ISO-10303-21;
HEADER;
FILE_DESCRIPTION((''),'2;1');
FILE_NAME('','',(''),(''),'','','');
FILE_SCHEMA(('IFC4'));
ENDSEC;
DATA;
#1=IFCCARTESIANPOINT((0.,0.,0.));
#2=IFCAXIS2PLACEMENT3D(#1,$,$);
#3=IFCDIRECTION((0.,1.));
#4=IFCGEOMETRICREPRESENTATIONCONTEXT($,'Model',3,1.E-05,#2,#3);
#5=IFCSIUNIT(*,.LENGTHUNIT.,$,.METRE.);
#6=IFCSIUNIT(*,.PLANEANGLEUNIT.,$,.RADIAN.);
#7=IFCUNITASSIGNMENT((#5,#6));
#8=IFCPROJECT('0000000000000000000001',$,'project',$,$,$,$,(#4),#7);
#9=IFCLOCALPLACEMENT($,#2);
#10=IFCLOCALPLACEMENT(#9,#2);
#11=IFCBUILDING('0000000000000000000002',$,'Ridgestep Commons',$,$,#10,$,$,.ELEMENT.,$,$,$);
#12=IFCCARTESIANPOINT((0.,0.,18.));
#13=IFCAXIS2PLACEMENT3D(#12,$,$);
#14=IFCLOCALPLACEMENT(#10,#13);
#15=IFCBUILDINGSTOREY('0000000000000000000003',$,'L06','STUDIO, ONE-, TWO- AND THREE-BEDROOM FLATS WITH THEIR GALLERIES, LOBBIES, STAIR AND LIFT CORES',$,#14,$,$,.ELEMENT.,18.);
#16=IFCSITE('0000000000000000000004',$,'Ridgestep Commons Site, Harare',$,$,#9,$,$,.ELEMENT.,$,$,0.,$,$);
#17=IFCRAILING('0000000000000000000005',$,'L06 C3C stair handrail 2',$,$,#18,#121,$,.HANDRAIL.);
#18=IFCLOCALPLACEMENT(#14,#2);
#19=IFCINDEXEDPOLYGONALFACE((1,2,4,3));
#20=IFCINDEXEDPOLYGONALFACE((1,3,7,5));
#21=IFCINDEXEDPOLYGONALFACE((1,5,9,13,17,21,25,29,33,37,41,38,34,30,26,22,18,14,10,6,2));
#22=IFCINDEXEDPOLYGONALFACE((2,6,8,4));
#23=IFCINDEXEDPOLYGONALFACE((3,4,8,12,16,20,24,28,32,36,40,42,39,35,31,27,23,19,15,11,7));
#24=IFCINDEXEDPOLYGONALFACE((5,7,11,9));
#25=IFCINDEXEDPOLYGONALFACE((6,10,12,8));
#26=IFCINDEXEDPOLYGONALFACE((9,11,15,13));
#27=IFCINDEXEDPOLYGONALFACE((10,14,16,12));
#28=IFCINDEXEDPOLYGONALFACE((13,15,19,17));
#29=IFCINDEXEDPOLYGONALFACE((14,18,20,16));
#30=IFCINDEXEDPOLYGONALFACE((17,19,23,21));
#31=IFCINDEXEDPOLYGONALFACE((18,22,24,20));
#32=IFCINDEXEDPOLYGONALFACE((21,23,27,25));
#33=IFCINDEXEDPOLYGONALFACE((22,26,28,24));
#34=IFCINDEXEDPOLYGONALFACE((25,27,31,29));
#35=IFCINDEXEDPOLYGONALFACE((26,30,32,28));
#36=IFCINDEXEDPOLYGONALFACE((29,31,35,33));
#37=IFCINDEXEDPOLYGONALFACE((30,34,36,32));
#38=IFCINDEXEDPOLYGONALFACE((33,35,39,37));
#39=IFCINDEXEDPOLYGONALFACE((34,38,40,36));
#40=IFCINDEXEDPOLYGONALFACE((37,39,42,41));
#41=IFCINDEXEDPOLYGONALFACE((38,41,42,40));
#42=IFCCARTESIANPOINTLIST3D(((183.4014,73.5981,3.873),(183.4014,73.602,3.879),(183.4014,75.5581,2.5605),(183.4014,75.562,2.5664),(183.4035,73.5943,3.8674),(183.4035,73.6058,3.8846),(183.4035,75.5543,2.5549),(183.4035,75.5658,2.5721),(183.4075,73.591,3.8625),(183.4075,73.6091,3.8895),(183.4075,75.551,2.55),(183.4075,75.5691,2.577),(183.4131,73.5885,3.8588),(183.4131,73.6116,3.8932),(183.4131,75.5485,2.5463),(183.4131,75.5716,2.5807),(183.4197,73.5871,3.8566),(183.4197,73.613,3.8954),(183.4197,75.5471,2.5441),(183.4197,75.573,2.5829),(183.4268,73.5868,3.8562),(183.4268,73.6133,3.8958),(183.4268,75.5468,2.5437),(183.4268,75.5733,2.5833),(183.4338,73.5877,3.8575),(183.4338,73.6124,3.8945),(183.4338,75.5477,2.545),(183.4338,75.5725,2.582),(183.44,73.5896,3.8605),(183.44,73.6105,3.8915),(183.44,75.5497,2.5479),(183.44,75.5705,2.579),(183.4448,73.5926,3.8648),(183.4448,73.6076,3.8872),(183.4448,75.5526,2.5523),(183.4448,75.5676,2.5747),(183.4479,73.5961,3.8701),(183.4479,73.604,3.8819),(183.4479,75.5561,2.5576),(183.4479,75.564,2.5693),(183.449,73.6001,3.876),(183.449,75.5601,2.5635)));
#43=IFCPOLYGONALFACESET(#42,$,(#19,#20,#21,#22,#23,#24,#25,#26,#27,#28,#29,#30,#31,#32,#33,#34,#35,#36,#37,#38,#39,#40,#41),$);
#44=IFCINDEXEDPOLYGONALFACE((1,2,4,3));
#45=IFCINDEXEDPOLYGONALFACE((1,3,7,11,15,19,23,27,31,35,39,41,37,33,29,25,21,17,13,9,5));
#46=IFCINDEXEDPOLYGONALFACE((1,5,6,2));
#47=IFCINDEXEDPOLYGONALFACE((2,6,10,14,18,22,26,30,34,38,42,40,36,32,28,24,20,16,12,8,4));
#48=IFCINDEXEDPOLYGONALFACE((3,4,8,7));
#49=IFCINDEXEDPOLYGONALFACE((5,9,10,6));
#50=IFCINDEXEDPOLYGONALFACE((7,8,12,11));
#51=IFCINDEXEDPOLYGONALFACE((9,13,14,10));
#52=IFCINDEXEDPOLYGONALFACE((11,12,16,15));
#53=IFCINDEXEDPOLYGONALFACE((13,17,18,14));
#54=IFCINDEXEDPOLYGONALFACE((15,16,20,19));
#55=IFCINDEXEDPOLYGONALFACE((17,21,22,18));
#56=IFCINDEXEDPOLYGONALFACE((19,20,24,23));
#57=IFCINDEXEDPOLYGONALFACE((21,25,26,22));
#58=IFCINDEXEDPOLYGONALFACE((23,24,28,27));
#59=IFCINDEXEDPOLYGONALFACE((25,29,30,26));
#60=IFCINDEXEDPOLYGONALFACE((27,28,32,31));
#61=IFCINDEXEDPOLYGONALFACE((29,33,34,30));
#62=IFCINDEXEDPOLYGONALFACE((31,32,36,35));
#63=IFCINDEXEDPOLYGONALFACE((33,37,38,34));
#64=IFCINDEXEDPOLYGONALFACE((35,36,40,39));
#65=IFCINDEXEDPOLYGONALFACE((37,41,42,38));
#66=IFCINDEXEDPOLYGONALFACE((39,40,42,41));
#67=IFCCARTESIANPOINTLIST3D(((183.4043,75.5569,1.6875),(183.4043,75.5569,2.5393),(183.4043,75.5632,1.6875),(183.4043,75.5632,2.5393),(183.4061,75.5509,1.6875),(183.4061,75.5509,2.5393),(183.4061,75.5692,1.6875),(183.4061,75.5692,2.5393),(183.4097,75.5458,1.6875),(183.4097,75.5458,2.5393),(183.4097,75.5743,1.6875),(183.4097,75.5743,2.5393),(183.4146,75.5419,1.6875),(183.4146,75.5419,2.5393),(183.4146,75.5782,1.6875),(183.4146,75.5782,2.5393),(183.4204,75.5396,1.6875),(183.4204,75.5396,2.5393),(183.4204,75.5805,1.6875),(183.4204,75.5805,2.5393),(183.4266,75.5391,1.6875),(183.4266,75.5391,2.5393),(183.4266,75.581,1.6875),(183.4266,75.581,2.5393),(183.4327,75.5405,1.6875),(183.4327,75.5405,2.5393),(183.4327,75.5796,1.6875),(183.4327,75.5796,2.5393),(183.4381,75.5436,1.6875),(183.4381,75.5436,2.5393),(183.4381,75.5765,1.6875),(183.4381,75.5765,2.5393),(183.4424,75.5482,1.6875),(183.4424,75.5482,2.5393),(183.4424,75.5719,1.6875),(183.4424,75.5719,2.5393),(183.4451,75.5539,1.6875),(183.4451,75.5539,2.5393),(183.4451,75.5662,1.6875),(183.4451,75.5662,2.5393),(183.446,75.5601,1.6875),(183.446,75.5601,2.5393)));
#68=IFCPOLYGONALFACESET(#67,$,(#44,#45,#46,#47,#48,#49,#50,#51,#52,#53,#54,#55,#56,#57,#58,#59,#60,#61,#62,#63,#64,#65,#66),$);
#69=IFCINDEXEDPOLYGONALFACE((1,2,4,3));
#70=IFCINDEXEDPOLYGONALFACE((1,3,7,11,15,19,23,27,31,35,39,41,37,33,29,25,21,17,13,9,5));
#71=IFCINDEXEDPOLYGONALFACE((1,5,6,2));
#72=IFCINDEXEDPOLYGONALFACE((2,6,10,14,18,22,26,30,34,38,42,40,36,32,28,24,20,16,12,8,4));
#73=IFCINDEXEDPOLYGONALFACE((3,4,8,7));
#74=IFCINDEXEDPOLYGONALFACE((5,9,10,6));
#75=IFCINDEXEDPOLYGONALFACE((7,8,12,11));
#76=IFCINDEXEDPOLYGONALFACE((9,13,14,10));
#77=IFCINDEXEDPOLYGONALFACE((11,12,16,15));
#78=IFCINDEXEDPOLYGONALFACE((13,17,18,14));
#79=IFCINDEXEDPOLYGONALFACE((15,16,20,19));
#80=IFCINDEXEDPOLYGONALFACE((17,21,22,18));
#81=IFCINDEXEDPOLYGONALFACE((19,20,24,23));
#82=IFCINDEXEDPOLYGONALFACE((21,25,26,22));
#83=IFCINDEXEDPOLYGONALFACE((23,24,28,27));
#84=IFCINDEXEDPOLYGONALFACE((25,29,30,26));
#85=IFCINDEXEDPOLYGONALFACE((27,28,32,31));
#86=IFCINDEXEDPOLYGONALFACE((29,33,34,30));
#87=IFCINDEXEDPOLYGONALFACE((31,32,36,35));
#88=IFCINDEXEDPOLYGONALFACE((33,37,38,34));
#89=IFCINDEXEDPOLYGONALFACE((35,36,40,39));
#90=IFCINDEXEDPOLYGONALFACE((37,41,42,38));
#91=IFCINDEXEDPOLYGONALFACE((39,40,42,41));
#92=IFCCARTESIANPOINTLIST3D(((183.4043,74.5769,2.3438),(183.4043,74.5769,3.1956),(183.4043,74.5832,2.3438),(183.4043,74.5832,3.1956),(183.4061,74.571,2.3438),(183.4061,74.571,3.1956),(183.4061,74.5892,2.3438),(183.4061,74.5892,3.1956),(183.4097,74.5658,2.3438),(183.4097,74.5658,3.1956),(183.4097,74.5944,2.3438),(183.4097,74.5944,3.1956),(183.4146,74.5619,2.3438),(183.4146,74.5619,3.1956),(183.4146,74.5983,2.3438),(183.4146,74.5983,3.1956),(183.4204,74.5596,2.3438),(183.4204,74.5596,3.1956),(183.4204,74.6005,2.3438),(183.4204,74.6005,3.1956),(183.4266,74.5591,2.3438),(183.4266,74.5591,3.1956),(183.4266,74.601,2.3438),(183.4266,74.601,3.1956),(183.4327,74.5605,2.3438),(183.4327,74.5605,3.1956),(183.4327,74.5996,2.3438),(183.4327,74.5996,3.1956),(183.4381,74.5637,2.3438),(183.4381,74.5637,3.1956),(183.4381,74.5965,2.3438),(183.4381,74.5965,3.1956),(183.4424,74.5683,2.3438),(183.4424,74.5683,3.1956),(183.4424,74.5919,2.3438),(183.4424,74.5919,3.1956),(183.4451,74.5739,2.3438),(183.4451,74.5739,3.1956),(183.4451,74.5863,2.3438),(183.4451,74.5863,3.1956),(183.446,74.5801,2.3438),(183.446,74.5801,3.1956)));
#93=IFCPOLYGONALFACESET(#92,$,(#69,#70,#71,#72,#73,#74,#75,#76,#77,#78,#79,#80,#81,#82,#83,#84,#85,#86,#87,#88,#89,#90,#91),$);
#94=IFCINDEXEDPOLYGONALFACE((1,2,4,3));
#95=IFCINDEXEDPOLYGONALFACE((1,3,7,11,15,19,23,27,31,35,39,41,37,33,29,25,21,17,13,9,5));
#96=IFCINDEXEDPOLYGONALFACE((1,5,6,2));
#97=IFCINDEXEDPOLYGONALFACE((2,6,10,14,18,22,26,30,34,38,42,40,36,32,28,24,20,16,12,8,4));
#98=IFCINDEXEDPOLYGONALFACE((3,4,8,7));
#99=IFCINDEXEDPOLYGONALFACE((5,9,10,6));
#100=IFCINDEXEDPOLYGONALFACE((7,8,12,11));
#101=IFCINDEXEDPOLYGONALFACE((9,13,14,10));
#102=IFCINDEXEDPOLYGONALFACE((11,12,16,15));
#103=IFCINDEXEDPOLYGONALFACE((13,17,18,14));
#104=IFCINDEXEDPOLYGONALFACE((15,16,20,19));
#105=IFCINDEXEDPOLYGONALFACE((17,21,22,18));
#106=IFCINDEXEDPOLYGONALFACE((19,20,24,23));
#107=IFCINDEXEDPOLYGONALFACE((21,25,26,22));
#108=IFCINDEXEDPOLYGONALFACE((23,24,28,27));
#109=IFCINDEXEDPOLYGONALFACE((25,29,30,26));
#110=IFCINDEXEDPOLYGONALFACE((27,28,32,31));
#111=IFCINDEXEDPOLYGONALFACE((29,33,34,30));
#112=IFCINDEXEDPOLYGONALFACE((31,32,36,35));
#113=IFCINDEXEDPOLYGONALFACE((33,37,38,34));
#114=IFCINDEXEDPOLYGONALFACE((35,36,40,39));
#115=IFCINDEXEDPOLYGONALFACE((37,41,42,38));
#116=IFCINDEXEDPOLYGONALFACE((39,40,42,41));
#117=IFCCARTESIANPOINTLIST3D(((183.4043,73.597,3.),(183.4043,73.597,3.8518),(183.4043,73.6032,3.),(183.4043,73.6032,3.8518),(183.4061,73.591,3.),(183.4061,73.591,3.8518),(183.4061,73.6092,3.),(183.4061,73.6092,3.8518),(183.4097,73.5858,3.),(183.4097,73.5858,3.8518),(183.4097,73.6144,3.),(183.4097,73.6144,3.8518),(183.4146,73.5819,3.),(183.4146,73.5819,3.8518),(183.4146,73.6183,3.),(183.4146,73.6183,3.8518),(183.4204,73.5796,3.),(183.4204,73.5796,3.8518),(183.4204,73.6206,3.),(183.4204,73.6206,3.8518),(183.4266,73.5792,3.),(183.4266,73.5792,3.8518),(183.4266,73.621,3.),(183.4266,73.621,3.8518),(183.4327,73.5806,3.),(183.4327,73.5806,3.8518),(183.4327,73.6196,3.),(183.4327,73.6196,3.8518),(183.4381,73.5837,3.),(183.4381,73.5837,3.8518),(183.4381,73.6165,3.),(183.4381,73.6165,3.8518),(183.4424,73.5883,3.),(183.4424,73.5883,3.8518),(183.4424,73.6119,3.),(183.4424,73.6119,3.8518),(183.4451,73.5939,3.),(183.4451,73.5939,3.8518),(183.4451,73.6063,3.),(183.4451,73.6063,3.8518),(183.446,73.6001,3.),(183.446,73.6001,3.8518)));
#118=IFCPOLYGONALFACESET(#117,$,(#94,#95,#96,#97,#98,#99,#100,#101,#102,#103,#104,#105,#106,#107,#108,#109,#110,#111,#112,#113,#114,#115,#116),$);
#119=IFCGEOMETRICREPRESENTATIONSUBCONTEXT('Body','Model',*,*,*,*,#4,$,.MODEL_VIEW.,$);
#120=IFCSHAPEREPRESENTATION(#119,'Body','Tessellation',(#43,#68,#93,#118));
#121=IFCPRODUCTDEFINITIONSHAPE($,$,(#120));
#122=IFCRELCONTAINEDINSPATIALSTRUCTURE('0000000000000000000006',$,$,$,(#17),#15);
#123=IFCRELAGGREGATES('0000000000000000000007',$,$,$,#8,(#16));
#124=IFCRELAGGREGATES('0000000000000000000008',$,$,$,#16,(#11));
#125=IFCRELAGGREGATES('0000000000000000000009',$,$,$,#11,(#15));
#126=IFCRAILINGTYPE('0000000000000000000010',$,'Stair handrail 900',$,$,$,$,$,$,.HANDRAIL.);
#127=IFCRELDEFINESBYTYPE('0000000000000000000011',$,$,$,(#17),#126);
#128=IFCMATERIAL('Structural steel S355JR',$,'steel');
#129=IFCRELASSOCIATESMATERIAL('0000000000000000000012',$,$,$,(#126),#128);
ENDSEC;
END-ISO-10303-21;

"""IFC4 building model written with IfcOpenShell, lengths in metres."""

from ifc_helpers import new_model, si_unit, direction, frame, origin, origin_2d, place, context, subcontext, project, spatial, circle, extrude, material, type_object, element, save


model = new_model("IFC4")

# Units and contexts
model_context = context("Model", 3, precision=1e-05, world=origin(), true_north=direction((0.0, 1.0)))
body_context = subcontext(model_context, "Body", "Model", "MODEL_VIEW")
ifc_project = project(units=[si_unit("LENGTHUNIT", "METRE"), si_unit("PLANEANGLEUNIT", "RADIAN")], contexts=[model_context])

# Site, building, storey
site_placement = place(None, origin())
site = spatial("IfcSite", under=ifc_project, at=site_placement, Name="Ridgestep Commons Site, Harare", CompositionType="ELEMENT", RefElevation=0.0)
building_placement = place(site_placement, origin())
building = spatial("IfcBuilding", under=site, at=building_placement, Name="Ridgestep Commons", CompositionType="ELEMENT")
storey_placement = place(building_placement, frame((0.0, 0.0, 18.0)))
storey = spatial("IfcBuildingStorey", under=building, at=storey_placement, Name="L06", Description="STUDIO, ONE-, TWO- AND THREE-BEDROOM FLATS WITH THEIR GALLERIES, LOBBIES, STAIR AND LIFT CORES", CompositionType="ELEMENT", Elevation=18.0)

# Railing
ifc_material_1 = material(Name="Structural steel S355JR", Category="steel")
railing_type_1 = type_object("IfcRailingType", Name="Stair handrail 900", PredefinedType="HANDRAIL", material=ifc_material_1)
railing_1_placement = place(storey_placement, frame((183.425, 75.5601, 1.6875)))
element("IfcRailing", 1, at=railing_1_placement, inside=storey, type_object=railing_type_1, Name="L06 C3C stair handrail 2", PredefinedType="HANDRAIL", context=body_context, shape_type="SweptSolid", body=[
    extrude(circle(Radius=0.0239, at=origin_2d()), frame((0.0, 0.0, 0.876), z_axis=(0.0, -0.830902, 0.556419), x_axis=(1.0, 0.0, 0.0)), (0.0, 0.0, 1.0), 2.3589),
    extrude(circle(Radius=0.021, at=origin_2d()), origin(), (0.0, 0.0, 1.0), 0.8518),
    extrude(circle(Radius=0.021, at=origin_2d()), frame((0.0, -0.98, 0.6562)), (0.0, 0.0, 1.0), 0.8518),
    extrude(circle(Radius=0.021, at=origin_2d()), frame((0.0, -1.96, 1.3125)), (0.0, 0.0, 1.0), 0.8518),
])

save(model, "model.ifc")
